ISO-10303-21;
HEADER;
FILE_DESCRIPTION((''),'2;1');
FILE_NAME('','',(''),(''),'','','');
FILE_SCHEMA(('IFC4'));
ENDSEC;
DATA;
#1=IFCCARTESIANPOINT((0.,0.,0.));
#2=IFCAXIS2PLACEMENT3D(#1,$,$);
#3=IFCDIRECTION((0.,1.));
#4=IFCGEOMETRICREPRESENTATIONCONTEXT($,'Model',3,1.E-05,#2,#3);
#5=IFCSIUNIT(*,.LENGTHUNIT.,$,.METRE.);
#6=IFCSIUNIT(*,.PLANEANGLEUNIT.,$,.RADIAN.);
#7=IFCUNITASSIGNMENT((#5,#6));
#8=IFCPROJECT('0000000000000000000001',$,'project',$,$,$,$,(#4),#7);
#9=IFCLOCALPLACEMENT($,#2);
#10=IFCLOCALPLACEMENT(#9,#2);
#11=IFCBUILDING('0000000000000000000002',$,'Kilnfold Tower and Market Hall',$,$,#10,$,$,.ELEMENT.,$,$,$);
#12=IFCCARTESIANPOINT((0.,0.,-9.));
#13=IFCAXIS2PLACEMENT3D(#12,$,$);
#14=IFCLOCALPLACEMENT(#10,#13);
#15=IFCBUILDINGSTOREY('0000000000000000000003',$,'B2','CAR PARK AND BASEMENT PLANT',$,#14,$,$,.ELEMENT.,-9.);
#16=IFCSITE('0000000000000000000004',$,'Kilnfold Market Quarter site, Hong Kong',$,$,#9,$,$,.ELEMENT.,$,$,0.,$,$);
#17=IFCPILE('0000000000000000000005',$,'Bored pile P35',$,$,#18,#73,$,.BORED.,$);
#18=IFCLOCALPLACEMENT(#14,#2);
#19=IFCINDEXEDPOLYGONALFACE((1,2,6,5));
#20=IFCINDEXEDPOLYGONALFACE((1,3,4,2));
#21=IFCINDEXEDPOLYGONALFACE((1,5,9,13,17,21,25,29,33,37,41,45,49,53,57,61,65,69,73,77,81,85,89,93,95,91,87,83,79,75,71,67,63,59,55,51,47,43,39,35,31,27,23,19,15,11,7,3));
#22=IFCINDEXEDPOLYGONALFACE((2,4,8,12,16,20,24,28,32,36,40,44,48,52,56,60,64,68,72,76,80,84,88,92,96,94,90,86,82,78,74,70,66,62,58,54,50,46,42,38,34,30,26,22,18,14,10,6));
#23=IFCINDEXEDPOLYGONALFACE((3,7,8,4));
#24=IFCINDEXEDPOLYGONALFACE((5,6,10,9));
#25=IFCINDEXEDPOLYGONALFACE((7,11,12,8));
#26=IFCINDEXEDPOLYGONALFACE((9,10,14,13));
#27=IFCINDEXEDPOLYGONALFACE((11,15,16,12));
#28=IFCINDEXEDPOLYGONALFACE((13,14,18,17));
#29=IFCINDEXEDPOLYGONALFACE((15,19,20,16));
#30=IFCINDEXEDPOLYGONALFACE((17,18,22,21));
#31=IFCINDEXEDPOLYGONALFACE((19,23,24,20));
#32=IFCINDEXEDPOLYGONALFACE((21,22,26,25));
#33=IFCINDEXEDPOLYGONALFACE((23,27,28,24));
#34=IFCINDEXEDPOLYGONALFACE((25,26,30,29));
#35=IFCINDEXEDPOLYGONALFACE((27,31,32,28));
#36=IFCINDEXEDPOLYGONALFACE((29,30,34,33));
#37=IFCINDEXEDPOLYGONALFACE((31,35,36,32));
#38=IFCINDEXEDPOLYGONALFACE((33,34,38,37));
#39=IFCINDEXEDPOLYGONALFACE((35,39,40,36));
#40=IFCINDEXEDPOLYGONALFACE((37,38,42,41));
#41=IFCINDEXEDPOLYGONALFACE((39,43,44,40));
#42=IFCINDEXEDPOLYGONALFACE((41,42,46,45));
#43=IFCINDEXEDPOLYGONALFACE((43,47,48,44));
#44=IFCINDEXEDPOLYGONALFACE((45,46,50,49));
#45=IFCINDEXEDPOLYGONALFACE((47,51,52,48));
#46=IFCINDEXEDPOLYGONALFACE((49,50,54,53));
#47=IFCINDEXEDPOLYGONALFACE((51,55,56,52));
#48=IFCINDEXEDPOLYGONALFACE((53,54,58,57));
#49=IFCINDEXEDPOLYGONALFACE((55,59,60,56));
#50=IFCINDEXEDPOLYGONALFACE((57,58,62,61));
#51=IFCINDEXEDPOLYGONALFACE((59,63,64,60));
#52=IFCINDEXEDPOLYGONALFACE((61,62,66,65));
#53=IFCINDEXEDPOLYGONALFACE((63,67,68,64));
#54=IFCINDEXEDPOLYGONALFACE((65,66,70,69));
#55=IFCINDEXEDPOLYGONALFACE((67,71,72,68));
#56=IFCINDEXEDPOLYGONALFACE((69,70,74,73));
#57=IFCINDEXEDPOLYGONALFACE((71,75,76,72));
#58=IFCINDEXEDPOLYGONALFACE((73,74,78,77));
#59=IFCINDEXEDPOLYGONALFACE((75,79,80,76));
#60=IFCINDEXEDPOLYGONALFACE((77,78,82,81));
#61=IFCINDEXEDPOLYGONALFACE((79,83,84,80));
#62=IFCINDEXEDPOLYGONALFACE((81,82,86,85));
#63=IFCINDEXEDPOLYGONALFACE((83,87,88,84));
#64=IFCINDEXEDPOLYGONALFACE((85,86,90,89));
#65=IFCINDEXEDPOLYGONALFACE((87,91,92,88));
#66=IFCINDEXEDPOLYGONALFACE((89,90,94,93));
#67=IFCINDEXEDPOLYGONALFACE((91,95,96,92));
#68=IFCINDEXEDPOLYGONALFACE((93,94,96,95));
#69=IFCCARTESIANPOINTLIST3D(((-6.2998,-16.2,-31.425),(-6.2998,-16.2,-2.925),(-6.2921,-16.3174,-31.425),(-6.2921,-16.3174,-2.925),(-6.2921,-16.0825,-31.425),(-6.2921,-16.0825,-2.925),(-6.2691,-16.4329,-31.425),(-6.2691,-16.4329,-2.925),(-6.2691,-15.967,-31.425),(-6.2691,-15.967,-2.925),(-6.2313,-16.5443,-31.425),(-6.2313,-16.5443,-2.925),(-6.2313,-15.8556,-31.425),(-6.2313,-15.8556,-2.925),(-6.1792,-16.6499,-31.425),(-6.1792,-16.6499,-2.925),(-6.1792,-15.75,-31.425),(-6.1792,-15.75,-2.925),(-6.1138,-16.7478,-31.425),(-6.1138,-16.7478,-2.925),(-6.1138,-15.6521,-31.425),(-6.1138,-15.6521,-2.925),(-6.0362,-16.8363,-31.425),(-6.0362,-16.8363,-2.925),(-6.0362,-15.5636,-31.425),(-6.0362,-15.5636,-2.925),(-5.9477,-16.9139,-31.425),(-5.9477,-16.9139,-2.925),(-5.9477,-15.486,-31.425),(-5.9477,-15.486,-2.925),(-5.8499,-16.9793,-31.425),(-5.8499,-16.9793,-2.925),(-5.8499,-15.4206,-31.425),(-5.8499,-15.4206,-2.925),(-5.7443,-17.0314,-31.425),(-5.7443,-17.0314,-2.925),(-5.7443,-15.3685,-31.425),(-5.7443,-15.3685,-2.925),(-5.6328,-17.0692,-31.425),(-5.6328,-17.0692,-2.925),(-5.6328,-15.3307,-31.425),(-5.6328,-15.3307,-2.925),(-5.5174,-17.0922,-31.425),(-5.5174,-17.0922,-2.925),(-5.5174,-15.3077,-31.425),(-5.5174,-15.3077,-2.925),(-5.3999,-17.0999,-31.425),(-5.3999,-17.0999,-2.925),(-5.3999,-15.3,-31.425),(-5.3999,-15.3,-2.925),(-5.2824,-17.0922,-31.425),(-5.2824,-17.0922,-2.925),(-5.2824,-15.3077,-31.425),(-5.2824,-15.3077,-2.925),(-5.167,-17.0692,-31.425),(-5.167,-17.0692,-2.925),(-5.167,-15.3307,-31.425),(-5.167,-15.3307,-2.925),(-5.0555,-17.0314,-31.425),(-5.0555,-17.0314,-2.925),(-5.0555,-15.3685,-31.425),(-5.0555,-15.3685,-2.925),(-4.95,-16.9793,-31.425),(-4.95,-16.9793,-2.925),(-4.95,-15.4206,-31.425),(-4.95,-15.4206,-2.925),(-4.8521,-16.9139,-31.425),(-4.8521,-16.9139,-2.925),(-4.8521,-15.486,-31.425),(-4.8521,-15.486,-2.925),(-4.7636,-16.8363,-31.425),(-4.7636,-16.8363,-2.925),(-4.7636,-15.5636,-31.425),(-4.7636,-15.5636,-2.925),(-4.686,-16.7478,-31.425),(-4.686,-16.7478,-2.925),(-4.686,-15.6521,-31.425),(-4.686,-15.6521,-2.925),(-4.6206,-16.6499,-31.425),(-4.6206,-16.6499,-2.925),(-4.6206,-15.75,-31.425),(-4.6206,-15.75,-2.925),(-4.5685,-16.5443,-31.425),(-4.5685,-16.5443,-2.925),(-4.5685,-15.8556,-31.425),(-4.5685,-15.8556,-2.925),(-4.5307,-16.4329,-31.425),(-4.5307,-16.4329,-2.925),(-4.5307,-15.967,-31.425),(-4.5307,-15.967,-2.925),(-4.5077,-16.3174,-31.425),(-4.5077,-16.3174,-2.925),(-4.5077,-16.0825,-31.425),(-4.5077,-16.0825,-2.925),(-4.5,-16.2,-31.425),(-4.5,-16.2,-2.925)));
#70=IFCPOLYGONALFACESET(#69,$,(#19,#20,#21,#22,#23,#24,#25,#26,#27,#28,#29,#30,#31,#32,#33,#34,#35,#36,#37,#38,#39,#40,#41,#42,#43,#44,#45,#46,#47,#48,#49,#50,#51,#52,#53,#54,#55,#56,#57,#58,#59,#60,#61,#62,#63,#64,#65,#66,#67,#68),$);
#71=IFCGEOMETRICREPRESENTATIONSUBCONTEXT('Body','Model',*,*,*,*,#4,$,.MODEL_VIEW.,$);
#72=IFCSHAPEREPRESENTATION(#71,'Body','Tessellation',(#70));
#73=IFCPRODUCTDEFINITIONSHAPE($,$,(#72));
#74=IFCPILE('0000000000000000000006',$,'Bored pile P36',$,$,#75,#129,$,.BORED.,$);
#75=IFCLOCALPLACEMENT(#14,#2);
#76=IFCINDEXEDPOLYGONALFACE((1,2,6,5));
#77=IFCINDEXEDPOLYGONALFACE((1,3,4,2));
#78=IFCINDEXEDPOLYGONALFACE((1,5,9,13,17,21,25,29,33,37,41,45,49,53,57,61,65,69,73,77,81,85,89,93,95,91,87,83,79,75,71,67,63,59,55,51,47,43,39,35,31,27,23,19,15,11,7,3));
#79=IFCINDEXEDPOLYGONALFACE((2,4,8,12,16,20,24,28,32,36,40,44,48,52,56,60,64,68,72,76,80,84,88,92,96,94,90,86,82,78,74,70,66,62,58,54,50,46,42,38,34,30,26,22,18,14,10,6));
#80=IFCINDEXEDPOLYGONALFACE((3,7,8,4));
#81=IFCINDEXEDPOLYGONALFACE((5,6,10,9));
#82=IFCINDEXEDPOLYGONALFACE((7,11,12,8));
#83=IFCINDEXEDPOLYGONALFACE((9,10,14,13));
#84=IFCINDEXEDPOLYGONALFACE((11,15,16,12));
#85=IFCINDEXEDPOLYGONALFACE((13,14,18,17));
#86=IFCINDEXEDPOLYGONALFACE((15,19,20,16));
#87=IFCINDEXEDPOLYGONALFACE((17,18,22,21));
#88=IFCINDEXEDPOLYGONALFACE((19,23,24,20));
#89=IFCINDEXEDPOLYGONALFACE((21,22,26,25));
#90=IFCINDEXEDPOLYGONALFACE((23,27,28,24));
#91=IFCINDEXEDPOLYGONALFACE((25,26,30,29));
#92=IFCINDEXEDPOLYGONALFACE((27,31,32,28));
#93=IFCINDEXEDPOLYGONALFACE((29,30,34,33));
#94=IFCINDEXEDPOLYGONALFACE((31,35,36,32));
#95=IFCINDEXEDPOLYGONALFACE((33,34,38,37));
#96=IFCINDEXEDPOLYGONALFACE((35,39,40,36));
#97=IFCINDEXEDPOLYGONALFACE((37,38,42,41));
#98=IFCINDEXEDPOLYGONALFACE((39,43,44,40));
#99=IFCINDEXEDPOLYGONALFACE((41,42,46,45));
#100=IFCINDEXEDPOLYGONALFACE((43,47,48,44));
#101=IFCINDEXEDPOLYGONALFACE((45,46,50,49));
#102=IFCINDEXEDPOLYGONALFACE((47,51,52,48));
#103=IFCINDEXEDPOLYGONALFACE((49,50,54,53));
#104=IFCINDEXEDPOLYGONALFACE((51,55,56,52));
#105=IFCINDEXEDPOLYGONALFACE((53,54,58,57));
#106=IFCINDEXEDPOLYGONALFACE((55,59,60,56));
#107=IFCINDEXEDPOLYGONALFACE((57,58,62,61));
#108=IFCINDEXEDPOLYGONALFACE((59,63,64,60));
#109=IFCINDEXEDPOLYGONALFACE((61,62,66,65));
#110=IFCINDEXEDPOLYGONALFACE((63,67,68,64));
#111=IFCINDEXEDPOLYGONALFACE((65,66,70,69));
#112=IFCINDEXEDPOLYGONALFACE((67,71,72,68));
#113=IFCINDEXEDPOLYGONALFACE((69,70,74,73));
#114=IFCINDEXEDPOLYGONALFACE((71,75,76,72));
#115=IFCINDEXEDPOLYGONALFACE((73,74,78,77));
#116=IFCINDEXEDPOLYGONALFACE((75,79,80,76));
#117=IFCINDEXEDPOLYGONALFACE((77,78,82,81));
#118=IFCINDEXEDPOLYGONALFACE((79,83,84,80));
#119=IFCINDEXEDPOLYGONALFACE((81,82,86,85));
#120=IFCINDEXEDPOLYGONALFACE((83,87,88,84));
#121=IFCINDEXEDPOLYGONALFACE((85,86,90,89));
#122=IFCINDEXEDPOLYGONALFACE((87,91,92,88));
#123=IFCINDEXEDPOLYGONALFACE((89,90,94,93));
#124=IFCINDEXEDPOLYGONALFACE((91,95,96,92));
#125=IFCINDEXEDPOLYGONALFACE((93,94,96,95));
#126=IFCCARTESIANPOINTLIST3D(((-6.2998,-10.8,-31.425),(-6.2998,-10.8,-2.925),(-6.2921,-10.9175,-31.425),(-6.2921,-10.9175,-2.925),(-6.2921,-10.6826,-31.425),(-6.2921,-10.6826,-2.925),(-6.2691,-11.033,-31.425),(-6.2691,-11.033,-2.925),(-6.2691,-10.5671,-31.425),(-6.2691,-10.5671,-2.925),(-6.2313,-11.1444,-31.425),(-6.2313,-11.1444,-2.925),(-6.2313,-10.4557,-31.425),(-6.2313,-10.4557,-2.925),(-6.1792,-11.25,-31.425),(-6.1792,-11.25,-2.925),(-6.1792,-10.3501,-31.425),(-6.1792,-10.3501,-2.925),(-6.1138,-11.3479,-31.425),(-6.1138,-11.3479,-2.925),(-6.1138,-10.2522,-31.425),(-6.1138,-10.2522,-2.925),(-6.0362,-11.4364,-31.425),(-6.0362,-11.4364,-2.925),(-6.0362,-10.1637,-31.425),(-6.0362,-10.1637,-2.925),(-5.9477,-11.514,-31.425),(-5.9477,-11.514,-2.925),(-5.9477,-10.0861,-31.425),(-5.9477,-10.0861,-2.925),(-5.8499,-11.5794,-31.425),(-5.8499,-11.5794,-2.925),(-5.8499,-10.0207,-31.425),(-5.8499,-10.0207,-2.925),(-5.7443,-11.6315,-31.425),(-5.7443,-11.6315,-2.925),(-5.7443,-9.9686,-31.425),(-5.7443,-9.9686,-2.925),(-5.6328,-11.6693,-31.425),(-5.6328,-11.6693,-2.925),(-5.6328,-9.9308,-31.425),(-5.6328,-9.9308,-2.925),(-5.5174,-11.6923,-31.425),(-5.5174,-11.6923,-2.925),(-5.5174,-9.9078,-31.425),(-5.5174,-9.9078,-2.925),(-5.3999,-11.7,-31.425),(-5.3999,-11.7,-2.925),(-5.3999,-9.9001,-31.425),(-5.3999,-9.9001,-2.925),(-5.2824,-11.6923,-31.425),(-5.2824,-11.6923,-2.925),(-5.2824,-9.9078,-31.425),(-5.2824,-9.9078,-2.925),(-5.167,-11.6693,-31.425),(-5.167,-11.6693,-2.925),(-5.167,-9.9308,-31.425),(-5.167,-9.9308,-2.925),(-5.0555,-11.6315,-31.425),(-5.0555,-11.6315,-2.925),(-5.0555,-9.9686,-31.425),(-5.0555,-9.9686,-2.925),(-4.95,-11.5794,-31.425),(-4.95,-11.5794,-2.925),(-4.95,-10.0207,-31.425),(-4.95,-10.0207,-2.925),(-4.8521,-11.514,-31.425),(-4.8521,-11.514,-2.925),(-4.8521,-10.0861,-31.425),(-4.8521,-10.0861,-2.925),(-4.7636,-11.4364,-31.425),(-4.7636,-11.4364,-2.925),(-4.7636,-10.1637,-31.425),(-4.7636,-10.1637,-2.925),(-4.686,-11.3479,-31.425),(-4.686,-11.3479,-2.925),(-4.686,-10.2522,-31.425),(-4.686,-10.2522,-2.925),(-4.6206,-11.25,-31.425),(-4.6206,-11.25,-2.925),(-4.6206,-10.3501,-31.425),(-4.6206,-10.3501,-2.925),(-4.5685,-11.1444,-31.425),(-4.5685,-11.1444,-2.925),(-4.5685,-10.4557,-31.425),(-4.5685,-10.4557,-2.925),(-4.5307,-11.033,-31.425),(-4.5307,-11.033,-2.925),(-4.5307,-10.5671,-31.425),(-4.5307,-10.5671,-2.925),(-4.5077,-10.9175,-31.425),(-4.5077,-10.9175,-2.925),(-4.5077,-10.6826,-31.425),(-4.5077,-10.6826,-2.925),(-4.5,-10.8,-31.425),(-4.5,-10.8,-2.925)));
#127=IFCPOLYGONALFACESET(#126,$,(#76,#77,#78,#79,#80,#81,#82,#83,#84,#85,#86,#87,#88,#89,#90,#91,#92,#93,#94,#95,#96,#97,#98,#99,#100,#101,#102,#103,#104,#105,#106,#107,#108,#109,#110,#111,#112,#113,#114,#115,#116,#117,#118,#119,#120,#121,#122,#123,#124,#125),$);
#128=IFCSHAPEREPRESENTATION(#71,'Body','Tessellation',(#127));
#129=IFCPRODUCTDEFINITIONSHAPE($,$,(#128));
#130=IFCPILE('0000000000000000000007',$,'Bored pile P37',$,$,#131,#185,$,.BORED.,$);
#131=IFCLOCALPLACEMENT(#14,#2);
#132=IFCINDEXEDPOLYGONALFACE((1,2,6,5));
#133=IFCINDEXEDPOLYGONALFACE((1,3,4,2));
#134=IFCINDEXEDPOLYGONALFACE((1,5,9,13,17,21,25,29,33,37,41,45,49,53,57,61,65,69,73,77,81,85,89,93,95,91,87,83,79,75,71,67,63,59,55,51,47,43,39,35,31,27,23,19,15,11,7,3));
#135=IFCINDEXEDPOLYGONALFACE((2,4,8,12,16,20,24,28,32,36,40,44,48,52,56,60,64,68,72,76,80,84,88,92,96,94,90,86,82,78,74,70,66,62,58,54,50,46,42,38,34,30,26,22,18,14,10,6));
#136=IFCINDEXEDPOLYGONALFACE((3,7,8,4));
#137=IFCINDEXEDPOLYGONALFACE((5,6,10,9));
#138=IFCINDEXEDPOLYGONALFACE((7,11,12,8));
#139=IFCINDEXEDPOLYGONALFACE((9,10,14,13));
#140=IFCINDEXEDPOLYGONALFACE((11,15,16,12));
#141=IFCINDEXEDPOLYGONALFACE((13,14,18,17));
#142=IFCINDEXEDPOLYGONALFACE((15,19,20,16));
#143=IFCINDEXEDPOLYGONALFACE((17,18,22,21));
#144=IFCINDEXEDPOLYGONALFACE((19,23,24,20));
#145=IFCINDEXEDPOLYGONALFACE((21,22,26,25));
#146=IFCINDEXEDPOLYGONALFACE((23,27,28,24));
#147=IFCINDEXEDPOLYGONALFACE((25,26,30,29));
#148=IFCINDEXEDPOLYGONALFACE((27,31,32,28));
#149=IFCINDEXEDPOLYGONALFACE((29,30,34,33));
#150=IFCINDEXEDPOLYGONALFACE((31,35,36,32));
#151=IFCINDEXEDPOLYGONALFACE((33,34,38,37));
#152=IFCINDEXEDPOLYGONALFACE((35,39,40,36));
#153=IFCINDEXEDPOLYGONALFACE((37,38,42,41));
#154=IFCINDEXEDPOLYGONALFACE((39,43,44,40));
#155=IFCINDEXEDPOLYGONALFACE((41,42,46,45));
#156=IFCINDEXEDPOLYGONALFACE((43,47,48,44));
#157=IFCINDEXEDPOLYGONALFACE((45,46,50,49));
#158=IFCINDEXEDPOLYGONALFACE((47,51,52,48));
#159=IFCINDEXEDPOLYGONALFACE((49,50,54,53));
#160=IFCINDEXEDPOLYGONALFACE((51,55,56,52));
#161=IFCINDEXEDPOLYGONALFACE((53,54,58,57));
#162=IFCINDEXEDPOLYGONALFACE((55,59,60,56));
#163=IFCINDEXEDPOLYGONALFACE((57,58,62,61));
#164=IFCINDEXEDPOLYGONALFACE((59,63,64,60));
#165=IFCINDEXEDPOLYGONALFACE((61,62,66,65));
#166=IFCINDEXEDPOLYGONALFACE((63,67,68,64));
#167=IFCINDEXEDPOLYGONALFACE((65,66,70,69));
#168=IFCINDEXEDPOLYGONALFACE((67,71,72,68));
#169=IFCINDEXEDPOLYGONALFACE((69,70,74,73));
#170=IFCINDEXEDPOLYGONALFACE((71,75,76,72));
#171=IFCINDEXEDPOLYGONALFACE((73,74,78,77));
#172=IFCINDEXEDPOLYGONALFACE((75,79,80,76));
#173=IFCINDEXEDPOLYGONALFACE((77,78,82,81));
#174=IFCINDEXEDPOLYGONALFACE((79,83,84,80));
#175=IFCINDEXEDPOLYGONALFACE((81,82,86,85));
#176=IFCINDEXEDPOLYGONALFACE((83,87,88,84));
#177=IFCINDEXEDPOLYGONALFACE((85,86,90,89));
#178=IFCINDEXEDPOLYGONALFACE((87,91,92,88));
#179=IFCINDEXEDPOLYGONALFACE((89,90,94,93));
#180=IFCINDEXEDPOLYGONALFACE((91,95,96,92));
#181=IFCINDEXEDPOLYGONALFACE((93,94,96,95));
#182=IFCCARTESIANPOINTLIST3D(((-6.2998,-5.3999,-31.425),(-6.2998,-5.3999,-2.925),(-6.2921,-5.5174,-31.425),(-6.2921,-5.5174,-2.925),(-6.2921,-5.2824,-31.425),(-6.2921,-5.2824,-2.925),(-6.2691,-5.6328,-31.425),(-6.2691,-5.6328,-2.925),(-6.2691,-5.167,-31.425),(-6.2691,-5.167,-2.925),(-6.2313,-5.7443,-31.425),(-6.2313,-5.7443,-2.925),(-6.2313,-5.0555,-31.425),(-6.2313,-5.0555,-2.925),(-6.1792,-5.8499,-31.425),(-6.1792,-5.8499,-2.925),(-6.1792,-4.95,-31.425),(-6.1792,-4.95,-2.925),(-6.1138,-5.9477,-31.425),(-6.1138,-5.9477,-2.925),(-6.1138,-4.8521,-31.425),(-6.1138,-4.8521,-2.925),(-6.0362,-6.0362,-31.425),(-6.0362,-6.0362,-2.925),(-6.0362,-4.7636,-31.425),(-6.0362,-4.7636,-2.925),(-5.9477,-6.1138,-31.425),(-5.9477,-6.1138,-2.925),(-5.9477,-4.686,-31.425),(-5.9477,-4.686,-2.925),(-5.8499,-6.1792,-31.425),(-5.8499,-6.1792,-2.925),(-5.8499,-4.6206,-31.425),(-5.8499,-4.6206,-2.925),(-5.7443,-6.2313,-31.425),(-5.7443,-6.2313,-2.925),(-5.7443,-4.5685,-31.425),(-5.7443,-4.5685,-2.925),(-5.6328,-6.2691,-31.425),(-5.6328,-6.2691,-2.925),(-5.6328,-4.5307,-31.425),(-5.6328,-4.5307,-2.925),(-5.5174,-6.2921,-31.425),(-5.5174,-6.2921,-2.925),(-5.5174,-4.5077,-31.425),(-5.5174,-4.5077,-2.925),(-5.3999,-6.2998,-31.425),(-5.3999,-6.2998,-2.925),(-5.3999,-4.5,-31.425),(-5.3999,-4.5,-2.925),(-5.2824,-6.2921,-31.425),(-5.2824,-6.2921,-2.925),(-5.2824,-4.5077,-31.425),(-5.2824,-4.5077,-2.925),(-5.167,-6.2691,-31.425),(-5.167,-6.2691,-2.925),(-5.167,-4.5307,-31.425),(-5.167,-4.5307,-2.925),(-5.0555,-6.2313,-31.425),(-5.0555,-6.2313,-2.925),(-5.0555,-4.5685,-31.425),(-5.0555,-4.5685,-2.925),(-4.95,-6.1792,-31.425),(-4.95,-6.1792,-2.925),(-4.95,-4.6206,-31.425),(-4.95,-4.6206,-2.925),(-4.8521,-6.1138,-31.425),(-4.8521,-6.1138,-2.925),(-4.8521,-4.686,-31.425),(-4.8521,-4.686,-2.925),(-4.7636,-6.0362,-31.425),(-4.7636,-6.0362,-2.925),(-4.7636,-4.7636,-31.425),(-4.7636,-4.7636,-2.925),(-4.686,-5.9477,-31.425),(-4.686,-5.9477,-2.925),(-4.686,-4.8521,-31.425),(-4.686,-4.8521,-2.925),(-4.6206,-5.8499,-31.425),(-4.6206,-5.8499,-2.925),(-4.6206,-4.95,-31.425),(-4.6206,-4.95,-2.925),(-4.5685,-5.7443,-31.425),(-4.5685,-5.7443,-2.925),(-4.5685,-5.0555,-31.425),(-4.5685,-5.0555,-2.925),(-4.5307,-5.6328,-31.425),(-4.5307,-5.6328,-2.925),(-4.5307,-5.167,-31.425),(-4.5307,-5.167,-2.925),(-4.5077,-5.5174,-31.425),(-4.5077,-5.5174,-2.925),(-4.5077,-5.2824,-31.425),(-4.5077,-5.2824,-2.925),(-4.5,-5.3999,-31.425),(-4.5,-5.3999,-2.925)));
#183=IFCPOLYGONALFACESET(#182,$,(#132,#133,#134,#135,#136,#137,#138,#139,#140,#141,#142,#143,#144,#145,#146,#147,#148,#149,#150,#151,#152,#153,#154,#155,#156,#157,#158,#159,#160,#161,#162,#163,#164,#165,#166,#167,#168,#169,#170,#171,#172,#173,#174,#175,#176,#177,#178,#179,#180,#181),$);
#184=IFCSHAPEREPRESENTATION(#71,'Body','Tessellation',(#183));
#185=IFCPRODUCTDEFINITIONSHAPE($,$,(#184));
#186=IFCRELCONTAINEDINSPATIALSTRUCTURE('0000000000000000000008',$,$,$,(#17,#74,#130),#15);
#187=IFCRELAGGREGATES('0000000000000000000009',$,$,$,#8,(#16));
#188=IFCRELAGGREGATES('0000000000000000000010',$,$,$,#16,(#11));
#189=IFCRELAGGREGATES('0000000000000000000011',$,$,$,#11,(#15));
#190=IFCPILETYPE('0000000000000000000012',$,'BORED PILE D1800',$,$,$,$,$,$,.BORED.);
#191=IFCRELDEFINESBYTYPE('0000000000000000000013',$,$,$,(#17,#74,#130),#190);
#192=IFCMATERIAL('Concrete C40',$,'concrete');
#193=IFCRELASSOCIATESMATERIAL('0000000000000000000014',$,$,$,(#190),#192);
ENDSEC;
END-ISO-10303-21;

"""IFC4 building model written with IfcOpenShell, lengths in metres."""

from ifc_helpers import new_model, si_unit, direction, frame, origin, origin_2d, place, context, subcontext, project, spatial, circle, extrude, source, transform, mapped, material, material_profile, profile_set, type_object, element, save


model = new_model("IFC4")

# Units and contexts
model_context = context("Model", 3, precision=1e-05, world=origin(), true_north=direction((0.0, 1.0)))
body_context = subcontext(model_context, "Body", "Model", "MODEL_VIEW")
ifc_project = project(units=[si_unit("LENGTHUNIT", "METRE"), si_unit("PLANEANGLEUNIT", "RADIAN")], contexts=[model_context])

# Site, building, storey
site_placement = place(None, origin())
site = spatial("IfcSite", under=ifc_project, at=site_placement, Name="Kilnfold Market Quarter site, Hong Kong", CompositionType="ELEMENT", RefElevation=0.0)
building_placement = place(site_placement, origin())
building = spatial("IfcBuilding", under=site, at=building_placement, Name="Kilnfold Tower and Market Hall", CompositionType="ELEMENT")
storey_placement = place(building_placement, frame((0.0, 0.0, -9.0)))
storey = spatial("IfcBuildingStorey", under=building, at=storey_placement, Name="B2", Description="CAR PARK AND BASEMENT PLANT", CompositionType="ELEMENT", Elevation=-9.0)

# Piles
ifc_material_1 = material(Name="Concrete C40", Category="concrete")
ifc_material_profile_1 = material_profile(ifc_material_1, circle(Radius=0.8999, at=origin_2d()), Name="RC D1800")
ifc_profile_set_1 = profile_set([ifc_material_profile_1], Name="Concrete C40")
pile_type = type_object("IfcPileType", Name="BORED PILE D1800", PredefinedType="BORED", material=ifc_profile_set_1)
shared_shape_1 = source(origin(), body_context, "Body", "SweptSolid", [
    extrude(circle(Radius=0.8999, at=origin_2d()), origin(), (0.0, 0.0, 1.0), 28.5),
])
for number, where, z_axis, x_axis, name in (
    (1, (-5.3999, -16.2, -2.925), (0.0, 0.0, -1.0), (1.0, 0.0, 0.0), "Bored pile P35"),
    (2, (-5.3999, -10.8, -2.925), (0.0, 0.0, -1.0), (1.0, 0.0, 0.0), "Bored pile P36"),
    (3, (-5.3999, -5.3999, -2.925), (0.0, 0.0, -1.0), (1.0, 0.0, 0.0), "Bored pile P37"),
):
    element("IfcPile", number, at=place(storey_placement, frame(where, z_axis=z_axis, x_axis=x_axis)), inside=storey, type_object=pile_type, Name=name, PredefinedType="BORED", context=body_context, shape_type="MappedRepresentation", body=[
        mapped(shared_shape_1, transform((0.0, 0.0, 0.0))),
    ])

save(model, "model.ifc")
